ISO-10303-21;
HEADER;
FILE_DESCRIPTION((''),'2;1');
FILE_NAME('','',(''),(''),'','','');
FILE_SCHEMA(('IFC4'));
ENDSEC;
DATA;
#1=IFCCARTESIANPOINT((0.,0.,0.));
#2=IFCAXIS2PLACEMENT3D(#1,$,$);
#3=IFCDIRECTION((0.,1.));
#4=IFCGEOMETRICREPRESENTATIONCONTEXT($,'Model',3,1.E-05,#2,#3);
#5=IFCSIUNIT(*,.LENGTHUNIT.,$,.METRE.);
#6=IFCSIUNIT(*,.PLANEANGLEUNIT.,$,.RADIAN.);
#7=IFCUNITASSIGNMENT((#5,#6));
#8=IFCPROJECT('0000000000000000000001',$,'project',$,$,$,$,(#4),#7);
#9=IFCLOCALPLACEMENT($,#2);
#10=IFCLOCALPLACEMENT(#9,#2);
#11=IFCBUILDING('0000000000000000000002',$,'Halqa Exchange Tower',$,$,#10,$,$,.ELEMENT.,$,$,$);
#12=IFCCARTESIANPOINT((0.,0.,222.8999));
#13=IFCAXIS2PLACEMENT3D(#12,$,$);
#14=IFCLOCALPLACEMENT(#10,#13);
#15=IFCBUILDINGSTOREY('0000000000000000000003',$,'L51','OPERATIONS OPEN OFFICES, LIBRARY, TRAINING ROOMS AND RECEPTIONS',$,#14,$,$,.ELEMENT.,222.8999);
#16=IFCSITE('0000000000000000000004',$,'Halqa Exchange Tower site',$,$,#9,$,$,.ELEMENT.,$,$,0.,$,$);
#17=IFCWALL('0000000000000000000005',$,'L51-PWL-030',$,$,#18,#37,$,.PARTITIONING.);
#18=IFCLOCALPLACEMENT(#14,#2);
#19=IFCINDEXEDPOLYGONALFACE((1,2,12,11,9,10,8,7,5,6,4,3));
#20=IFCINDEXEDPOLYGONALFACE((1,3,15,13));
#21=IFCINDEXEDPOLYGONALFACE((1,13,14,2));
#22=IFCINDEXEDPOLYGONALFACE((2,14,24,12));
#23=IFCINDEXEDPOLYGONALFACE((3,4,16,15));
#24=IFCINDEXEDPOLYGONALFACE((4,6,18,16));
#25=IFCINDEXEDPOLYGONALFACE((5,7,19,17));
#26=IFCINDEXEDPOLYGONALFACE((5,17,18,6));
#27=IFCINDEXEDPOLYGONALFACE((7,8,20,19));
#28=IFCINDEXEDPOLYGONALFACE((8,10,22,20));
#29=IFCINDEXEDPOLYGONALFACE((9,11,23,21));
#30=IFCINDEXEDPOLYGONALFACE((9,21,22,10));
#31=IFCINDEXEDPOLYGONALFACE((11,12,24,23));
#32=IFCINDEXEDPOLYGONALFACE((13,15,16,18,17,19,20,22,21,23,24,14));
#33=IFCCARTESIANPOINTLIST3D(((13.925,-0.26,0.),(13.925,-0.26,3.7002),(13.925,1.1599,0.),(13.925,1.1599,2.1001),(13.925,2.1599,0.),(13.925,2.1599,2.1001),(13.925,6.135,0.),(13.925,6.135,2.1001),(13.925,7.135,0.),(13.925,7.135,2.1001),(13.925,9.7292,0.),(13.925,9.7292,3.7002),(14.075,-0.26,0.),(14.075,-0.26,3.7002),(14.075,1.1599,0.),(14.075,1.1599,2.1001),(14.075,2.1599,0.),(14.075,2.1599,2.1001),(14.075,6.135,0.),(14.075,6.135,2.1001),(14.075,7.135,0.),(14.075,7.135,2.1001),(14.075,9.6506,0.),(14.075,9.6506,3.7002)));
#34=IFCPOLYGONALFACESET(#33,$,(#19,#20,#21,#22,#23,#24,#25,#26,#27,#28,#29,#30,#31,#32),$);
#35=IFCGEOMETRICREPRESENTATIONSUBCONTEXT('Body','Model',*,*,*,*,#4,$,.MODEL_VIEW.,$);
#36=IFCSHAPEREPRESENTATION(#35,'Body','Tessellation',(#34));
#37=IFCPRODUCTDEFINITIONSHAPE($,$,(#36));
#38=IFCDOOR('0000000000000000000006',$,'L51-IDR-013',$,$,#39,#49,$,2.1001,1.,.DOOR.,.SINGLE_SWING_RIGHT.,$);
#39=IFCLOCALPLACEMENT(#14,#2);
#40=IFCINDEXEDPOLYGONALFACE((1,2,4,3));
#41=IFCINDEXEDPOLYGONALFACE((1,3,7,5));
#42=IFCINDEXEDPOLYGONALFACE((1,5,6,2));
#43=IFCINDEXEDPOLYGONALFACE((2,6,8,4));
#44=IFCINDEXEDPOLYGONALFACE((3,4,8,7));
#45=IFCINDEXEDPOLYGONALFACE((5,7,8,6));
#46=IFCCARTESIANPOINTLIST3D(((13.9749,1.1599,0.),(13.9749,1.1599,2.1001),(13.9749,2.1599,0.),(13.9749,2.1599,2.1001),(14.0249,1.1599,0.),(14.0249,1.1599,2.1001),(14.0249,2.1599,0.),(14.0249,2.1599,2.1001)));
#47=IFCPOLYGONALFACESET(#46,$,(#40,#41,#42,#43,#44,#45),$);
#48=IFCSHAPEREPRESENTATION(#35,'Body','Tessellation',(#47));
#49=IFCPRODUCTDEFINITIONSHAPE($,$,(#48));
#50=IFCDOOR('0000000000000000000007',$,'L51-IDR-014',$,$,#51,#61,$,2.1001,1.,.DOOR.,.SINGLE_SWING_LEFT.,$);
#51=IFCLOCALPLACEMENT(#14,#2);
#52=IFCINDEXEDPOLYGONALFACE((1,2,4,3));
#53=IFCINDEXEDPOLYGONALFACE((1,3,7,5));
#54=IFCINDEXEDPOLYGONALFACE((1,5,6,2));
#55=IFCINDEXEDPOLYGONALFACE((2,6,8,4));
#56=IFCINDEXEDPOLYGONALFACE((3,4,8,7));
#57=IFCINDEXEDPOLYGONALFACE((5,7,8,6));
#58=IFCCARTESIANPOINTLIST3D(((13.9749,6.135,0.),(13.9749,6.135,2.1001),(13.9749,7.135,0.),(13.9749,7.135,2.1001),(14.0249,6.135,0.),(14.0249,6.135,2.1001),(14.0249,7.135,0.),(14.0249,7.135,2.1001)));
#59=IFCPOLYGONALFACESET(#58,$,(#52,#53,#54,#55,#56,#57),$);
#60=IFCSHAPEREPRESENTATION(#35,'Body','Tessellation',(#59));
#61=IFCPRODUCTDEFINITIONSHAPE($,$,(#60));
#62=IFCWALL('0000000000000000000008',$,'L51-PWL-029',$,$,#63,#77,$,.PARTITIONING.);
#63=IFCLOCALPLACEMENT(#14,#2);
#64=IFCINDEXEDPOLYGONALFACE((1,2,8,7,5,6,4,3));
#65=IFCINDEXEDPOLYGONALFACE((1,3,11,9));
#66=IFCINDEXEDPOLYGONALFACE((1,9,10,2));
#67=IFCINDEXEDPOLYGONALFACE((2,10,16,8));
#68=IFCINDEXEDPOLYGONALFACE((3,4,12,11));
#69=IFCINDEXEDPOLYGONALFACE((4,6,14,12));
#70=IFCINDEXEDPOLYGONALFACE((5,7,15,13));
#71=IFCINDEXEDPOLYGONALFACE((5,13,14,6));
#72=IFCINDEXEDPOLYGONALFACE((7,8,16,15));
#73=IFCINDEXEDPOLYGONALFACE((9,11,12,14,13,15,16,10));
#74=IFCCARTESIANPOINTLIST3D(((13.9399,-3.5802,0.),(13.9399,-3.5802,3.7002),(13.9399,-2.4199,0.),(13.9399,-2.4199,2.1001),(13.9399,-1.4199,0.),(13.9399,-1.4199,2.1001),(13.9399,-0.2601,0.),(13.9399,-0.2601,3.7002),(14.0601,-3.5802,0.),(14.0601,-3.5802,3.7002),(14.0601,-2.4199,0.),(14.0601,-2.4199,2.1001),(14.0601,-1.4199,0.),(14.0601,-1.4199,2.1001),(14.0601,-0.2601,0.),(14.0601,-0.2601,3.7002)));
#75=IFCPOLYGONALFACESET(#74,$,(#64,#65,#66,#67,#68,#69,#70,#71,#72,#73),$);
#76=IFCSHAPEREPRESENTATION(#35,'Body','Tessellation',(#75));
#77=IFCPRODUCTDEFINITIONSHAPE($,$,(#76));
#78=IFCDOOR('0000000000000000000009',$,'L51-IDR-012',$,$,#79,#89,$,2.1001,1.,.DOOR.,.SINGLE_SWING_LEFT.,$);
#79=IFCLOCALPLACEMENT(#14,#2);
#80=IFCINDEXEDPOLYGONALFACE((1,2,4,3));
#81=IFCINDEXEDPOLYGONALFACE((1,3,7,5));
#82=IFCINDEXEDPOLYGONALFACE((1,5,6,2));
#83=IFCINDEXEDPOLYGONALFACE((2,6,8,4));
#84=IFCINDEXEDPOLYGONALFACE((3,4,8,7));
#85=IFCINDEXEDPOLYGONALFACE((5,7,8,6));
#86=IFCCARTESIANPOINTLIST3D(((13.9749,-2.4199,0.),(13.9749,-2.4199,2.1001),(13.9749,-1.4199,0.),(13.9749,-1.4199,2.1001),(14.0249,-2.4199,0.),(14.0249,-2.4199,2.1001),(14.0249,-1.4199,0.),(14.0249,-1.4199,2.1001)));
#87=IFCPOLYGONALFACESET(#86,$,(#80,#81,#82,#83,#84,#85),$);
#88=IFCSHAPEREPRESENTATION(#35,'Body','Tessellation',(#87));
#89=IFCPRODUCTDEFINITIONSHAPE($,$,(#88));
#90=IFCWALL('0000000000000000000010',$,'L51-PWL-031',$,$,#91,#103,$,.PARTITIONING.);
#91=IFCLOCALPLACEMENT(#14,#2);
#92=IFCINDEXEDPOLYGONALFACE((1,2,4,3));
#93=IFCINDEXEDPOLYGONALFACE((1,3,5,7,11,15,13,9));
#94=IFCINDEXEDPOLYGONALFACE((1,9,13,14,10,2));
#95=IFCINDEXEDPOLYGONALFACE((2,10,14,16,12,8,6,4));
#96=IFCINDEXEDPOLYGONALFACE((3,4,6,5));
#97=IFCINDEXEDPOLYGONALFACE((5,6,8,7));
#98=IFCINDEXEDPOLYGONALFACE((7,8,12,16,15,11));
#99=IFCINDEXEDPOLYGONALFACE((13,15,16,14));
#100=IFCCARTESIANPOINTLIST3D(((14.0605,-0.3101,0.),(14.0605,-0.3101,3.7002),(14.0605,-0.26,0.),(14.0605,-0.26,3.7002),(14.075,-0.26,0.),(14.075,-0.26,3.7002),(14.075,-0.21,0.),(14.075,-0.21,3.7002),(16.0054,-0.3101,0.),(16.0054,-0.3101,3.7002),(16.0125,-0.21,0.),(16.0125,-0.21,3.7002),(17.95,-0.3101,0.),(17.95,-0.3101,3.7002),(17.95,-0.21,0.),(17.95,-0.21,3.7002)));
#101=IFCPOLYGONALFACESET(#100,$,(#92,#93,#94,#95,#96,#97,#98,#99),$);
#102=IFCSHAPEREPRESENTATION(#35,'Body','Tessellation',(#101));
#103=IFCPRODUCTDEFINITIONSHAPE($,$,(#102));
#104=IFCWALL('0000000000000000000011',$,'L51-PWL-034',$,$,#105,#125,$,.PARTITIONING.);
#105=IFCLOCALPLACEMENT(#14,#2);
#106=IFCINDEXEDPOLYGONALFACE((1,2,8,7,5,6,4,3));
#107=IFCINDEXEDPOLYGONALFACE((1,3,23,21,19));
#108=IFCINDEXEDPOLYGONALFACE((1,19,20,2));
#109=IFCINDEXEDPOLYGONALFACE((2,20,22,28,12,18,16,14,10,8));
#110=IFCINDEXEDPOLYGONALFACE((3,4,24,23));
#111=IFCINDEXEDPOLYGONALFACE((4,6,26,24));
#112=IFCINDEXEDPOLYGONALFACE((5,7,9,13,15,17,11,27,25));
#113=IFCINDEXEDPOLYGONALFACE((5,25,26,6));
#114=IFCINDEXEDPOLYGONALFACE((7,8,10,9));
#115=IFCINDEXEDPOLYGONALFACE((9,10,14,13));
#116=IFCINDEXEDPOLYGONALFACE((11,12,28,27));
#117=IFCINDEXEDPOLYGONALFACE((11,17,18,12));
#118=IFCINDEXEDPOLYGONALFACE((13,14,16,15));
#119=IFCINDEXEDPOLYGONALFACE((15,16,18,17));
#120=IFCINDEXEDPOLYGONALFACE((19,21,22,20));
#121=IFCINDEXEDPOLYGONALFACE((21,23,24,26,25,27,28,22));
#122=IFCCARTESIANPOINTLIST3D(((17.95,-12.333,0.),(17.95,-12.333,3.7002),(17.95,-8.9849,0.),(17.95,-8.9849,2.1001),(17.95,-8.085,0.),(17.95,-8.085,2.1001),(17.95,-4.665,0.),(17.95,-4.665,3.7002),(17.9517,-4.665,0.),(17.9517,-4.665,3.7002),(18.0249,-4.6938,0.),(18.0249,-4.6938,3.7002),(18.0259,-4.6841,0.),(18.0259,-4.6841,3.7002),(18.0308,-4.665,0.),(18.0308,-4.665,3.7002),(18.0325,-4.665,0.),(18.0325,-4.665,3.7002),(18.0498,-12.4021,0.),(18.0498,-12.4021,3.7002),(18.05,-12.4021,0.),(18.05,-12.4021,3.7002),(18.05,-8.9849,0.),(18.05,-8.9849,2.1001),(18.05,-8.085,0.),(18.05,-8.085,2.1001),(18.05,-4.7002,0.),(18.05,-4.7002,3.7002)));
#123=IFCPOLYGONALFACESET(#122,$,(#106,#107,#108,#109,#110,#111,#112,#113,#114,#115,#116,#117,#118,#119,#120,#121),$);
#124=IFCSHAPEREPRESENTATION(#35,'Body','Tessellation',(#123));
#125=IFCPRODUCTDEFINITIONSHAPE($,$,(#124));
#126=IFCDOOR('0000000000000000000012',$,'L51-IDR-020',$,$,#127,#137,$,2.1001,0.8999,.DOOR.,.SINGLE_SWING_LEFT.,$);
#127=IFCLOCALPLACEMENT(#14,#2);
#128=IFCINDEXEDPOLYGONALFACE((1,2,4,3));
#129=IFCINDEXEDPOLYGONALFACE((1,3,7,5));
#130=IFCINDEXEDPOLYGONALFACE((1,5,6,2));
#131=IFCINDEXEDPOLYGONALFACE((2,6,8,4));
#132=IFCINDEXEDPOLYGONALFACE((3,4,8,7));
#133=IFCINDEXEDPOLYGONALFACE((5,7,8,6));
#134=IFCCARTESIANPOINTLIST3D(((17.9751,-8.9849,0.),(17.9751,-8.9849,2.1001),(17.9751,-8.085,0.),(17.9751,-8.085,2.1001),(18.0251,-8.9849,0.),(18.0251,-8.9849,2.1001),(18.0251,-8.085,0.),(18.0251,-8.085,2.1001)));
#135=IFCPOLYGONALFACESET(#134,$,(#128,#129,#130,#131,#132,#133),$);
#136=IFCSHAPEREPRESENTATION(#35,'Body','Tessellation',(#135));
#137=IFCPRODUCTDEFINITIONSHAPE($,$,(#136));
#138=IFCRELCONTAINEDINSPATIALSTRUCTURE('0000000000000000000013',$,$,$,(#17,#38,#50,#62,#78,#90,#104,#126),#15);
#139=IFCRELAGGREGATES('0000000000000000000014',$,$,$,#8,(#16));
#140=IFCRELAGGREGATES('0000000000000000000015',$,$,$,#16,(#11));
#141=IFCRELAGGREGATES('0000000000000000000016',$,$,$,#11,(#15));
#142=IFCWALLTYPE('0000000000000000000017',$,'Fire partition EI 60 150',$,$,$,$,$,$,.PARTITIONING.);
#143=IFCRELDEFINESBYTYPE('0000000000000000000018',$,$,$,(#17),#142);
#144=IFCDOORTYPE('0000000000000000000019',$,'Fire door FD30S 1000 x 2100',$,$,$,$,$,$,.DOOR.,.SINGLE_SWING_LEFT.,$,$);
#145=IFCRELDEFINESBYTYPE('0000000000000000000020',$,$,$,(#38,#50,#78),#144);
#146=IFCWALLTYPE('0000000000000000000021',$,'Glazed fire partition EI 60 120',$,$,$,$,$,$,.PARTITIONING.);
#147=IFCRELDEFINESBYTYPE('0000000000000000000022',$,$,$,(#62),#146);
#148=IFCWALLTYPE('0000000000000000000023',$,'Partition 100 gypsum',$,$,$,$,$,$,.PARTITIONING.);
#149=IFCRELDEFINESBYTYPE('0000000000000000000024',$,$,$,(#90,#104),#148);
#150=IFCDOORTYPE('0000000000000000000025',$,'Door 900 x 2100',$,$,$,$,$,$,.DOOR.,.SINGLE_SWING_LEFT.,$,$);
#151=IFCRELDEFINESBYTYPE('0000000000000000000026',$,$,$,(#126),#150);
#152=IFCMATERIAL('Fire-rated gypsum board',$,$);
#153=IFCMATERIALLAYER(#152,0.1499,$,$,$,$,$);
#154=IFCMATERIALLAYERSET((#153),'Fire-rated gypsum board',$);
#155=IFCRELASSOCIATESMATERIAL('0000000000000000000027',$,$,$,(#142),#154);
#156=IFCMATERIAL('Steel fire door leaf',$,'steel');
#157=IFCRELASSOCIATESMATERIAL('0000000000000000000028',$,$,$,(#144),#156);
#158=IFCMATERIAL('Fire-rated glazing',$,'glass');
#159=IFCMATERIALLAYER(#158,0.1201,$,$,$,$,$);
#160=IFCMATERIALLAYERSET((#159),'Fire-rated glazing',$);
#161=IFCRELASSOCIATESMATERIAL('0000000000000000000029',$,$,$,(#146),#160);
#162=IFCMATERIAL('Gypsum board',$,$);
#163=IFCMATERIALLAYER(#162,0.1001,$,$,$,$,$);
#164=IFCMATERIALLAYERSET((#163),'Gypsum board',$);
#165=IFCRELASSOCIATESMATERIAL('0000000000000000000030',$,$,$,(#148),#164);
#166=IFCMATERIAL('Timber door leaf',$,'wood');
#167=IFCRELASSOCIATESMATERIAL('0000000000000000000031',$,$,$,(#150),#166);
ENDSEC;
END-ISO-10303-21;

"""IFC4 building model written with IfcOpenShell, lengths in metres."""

from ifc_helpers import new_model, si_unit, direction, frame, frame_2d, origin, place, context, subcontext, project, spatial, polyline, rectangle, outline, extrude, material, layer, layer_set, type_object, element, fill, save


model = new_model("IFC4")

# Units and contexts
model_context = context("Model", 3, precision=1e-05, world=origin(), true_north=direction((0.0, 1.0)))
body_context = subcontext(model_context, "Body", "Model", "MODEL_VIEW")
ifc_project = project(units=[si_unit("LENGTHUNIT", "METRE"), si_unit("PLANEANGLEUNIT", "RADIAN")], contexts=[model_context])

# Site, building, storey
site_placement = place(None, origin())
site = spatial("IfcSite", under=ifc_project, at=site_placement, Name="Halqa Exchange Tower site", CompositionType="ELEMENT", RefElevation=0.0)
building_placement = place(site_placement, origin())
building = spatial("IfcBuilding", under=site, at=building_placement, Name="Halqa Exchange Tower", CompositionType="ELEMENT")
storey_placement = place(building_placement, frame((0.0, 0.0, 222.8999)))
storey = spatial("IfcBuildingStorey", under=building, at=storey_placement, Name="L51", Description="OPERATIONS OPEN OFFICES, LIBRARY, TRAINING ROOMS AND RECEPTIONS", CompositionType="ELEMENT", Elevation=222.8999)

# Shared definitions
ifc_material_1 = material(Name="Fire-rated gypsum board")
ifc_layer_1 = layer(ifc_material_1, 0.1499)
ifc_layer_set_1 = layer_set([ifc_layer_1], Name="Fire-rated gypsum board")
wall_type_1 = type_object("IfcWallType", Name="Fire partition EI 60 150", PredefinedType="PARTITIONING", material=ifc_layer_set_1)

# Shared definitions
ifc_material_2 = material(Name="Steel fire door leaf", Category="steel")
door_type_1 = type_object("IfcDoorType", Name="Fire door FD30S 1000 x 2100", OperationType="SINGLE_SWING_LEFT", PredefinedType="DOOR", material=ifc_material_2)

# Wall, openings, doors
wall_1_placement = place(storey_placement, frame((14.0, -0.26, 0.0), z_axis=(0.0, 0.0, 1.0), x_axis=(0.0, 1.0, 0.0)))
wall_1 = element("IfcWall", 1, at=wall_1_placement, inside=storey, type_object=wall_type_1, Name="L51-PWL-030", PredefinedType="PARTITIONING", context=body_context, shape_type="SweptSolid", body=[
    extrude(outline(polyline([(0.0, -0.075), (1.9822, -0.075), (3.9644, -0.075), (5.9465, -0.075), (7.9287, -0.075), (9.9106, -0.075), (9.9893, 0.075), (9.9893, 0.075), (7.9915, 0.075), (5.9937, 0.075), (3.9956, 0.075), (1.9978, 0.075), (0.0, 0.075), (0.0, -0.075)])), origin(), (0.0, 0.0, 1.0), 3.7002),
])
opening_1_placement = place(wall_1_placement, frame((1.4199, 0.0, 0.0)))
opening_1 = element("IfcOpeningElement", 2, at=opening_1_placement, cuts=wall_1, PredefinedType="OPENING", context=body_context, shape_type="SweptSolid", body=[
    extrude(rectangle(XDim=1.0, YDim=2.1001, at=frame_2d((0.5, 1.05))), frame((0.0, 0.0869, 0.0), z_axis=(0.0, -1.0, 0.0), x_axis=(1.0, 0.0, 0.0)), (0.0, 0.0, 1.0), 0.1738),
])
opening_2_placement = place(wall_1_placement, frame((6.395, 0.0, 0.0)))
opening_2 = element("IfcOpeningElement", 3, at=opening_2_placement, cuts=wall_1, PredefinedType="OPENING", context=body_context, shape_type="SweptSolid", body=[
    extrude(rectangle(XDim=1.0, YDim=2.1001, at=frame_2d((0.5, 1.05))), frame((0.0, 0.0869, 0.0), z_axis=(0.0, -1.0, 0.0), x_axis=(1.0, 0.0, 0.0)), (0.0, 0.0, 1.0), 0.1738),
])
door_1_placement = place(opening_1_placement, frame((1.0, 0.0, 0.0), z_axis=(0.0, 0.0, 1.0), x_axis=(-1.0, 0.0, 0.0)))
door_1 = element("IfcDoor", 4, at=door_1_placement, inside=storey, type_object=door_type_1, Name="L51-IDR-013", OperationType="SINGLE_SWING_RIGHT", OverallHeight=2.1001, OverallWidth=1.0, PredefinedType="DOOR", context=body_context, shape_type="SweptSolid", body=[
    extrude(rectangle(XDim=1.0, YDim=2.1001, at=frame_2d((0.5, 1.05))), frame((0.0, 0.0249, 0.0), z_axis=(0.0, -1.0, 0.0), x_axis=(1.0, 0.0, 0.0)), (0.0, 0.0, 1.0), 0.05),
])
fill(opening_1, door_1)
door_2_placement = place(opening_2_placement, frame((1.0, 0.0, 0.0), z_axis=(0.0, 0.0, 1.0), x_axis=(-1.0, 0.0, 0.0)))
door_2 = element("IfcDoor", 5, at=door_2_placement, inside=storey, type_object=door_type_1, Name="L51-IDR-014", OperationType="SINGLE_SWING_LEFT", OverallHeight=2.1001, OverallWidth=1.0, PredefinedType="DOOR", context=body_context, shape_type="SweptSolid", body=[
    extrude(rectangle(XDim=1.0, YDim=2.1001, at=frame_2d((0.5, 1.05))), frame((0.0, 0.0249, 0.0), z_axis=(0.0, -1.0, 0.0), x_axis=(1.0, 0.0, 0.0)), (0.0, 0.0, 1.0), 0.05),
])
fill(opening_2, door_2)

# Wall, opening, door
ifc_material_3 = material(Name="Fire-rated glazing", Category="glass")
ifc_layer_2 = layer(ifc_material_3, 0.1201)
ifc_layer_set_2 = layer_set([ifc_layer_2], Name="Fire-rated glazing")
wall_type_2 = type_object("IfcWallType", Name="Glazed fire partition EI 60 120", PredefinedType="PARTITIONING", material=ifc_layer_set_2)
wall_2_placement = place(storey_placement, frame((14.0, -0.26, 0.0), z_axis=(0.0, 0.0, 1.0), x_axis=(0.0, -1.0, 0.0)))
wall_2 = element("IfcWall", 6, at=wall_2_placement, inside=storey, type_object=wall_type_2, Name="L51-PWL-029", PredefinedType="PARTITIONING", context=body_context, shape_type="SweptSolid", body=[
    extrude(rectangle(XDim=3.3201, YDim=0.1201, at=frame_2d((1.6602, 0.0))), origin(), (0.0, 0.0, 1.0), 3.7002),
])
opening_3_placement = place(wall_2_placement, frame((1.1599, 0.0, 0.0)))
opening_3 = element("IfcOpeningElement", 7, at=opening_3_placement, cuts=wall_2, PredefinedType="OPENING", context=body_context, shape_type="SweptSolid", body=[
    extrude(rectangle(XDim=1.0, YDim=2.1001, at=frame_2d((0.5, 1.05))), frame((0.0, 0.072, 0.0), z_axis=(0.0, -1.0, 0.0), x_axis=(1.0, 0.0, 0.0)), (0.0, 0.0, 1.0), 0.144),
])
door_3_placement = place(opening_3_placement, origin())
door_3 = element("IfcDoor", 8, at=door_3_placement, inside=storey, type_object=door_type_1, Name="L51-IDR-012", OperationType="SINGLE_SWING_LEFT", OverallHeight=2.1001, OverallWidth=1.0, PredefinedType="DOOR", context=body_context, shape_type="SweptSolid", body=[
    extrude(rectangle(XDim=1.0, YDim=2.1001, at=frame_2d((0.5, 1.05))), frame((0.0, 0.0249, 0.0), z_axis=(0.0, -1.0, 0.0), x_axis=(1.0, 0.0, 0.0)), (0.0, 0.0, 1.0), 0.05),
])
fill(opening_3, door_3)

# Wall
ifc_material_4 = material(Name="Gypsum board")
ifc_layer_3 = layer(ifc_material_4, 0.1001)
ifc_layer_set_3 = layer_set([ifc_layer_3], Name="Gypsum board")
wall_type_3 = type_object("IfcWallType", Name="Partition 100 gypsum", PredefinedType="PARTITIONING", material=ifc_layer_set_3)
wall_3_placement = place(storey_placement, frame((14.0605, -0.26, 0.0), z_axis=(0.0, 0.0, 1.0), x_axis=(1.0, 0.0, 0.0)))
element("IfcWall", 9, at=wall_3_placement, inside=storey, type_object=wall_type_3, Name="L51-PWL-031", PredefinedType="PARTITIONING", context=body_context, shape_type="SweptSolid", body=[
    extrude(outline(polyline([(3.8894, 0.05), (1.9519, 0.05), (0.0144, 0.05), (0.0144, 0.0), (0.0, 0.0), (0.0, -0.05), (1.9448, -0.05), (3.8894, -0.05), (3.8894, 0.05)])), origin(), (0.0, 0.0, 1.0), 3.7002),
])

# Wall, opening, door
wall_4_placement = place(storey_placement, frame((18.0, -4.665, 0.0), z_axis=(0.0, 0.0, 1.0), x_axis=(0.0, -1.0, 0.0)))
wall_4 = element("IfcWall", 10, at=wall_4_placement, inside=storey, type_object=wall_type_3, Name="L51-PWL-034", PredefinedType="PARTITIONING", context=body_context, shape_type="SweptSolid", body=[
    extrude(outline(polyline([(0.0, -0.05), (1.917, -0.05), (3.834, -0.05), (5.751, -0.05), (7.668, -0.05), (7.7371, 0.0498), (7.7371, 0.05), (5.8115, 0.05), (3.8862, 0.05), (1.9607, 0.05), (0.0352, 0.05), (0.0288, 0.0249), (0.0, 0.0325), (0.0, 0.0308), (0.019, 0.0259), (0.0, -0.0483), (0.0, -0.05)])), origin(), (0.0, 0.0, 1.0), 3.7002),
])
opening_4_placement = place(wall_4_placement, frame((3.4199, 0.0, 0.0)))
opening_4 = element("IfcOpeningElement", 11, at=opening_4_placement, cuts=wall_4, PredefinedType="OPENING", context=body_context, shape_type="SweptSolid", body=[
    extrude(rectangle(XDim=0.8999, YDim=2.1001, at=frame_2d((0.45, 1.05))), frame((0.0, 0.062, 0.0), z_axis=(0.0, -1.0, 0.0), x_axis=(1.0, 0.0, 0.0)), (0.0, 0.0, 1.0), 0.124),
])
ifc_material_5 = material(Name="Timber door leaf", Category="wood")
door_type_2 = type_object("IfcDoorType", Name="Door 900 x 2100", OperationType="SINGLE_SWING_LEFT", PredefinedType="DOOR", material=ifc_material_5)
door_4_placement = place(opening_4_placement, frame((0.8999, 0.0, 0.0), z_axis=(0.0, 0.0, 1.0), x_axis=(-1.0, 0.0, 0.0)))
door_4 = element("IfcDoor", 12, at=door_4_placement, inside=storey, type_object=door_type_2, Name="L51-IDR-020", OperationType="SINGLE_SWING_LEFT", OverallHeight=2.1001, OverallWidth=0.8999, PredefinedType="DOOR", context=body_context, shape_type="SweptSolid", body=[
    extrude(rectangle(XDim=0.8999, YDim=2.1001, at=frame_2d((0.45, 1.05))), frame((0.0, 0.0249, 0.0), z_axis=(0.0, -1.0, 0.0), x_axis=(1.0, 0.0, 0.0)), (0.0, 0.0, 1.0), 0.05),
])
fill(opening_4, door_4)

save(model, "model.ifc")
